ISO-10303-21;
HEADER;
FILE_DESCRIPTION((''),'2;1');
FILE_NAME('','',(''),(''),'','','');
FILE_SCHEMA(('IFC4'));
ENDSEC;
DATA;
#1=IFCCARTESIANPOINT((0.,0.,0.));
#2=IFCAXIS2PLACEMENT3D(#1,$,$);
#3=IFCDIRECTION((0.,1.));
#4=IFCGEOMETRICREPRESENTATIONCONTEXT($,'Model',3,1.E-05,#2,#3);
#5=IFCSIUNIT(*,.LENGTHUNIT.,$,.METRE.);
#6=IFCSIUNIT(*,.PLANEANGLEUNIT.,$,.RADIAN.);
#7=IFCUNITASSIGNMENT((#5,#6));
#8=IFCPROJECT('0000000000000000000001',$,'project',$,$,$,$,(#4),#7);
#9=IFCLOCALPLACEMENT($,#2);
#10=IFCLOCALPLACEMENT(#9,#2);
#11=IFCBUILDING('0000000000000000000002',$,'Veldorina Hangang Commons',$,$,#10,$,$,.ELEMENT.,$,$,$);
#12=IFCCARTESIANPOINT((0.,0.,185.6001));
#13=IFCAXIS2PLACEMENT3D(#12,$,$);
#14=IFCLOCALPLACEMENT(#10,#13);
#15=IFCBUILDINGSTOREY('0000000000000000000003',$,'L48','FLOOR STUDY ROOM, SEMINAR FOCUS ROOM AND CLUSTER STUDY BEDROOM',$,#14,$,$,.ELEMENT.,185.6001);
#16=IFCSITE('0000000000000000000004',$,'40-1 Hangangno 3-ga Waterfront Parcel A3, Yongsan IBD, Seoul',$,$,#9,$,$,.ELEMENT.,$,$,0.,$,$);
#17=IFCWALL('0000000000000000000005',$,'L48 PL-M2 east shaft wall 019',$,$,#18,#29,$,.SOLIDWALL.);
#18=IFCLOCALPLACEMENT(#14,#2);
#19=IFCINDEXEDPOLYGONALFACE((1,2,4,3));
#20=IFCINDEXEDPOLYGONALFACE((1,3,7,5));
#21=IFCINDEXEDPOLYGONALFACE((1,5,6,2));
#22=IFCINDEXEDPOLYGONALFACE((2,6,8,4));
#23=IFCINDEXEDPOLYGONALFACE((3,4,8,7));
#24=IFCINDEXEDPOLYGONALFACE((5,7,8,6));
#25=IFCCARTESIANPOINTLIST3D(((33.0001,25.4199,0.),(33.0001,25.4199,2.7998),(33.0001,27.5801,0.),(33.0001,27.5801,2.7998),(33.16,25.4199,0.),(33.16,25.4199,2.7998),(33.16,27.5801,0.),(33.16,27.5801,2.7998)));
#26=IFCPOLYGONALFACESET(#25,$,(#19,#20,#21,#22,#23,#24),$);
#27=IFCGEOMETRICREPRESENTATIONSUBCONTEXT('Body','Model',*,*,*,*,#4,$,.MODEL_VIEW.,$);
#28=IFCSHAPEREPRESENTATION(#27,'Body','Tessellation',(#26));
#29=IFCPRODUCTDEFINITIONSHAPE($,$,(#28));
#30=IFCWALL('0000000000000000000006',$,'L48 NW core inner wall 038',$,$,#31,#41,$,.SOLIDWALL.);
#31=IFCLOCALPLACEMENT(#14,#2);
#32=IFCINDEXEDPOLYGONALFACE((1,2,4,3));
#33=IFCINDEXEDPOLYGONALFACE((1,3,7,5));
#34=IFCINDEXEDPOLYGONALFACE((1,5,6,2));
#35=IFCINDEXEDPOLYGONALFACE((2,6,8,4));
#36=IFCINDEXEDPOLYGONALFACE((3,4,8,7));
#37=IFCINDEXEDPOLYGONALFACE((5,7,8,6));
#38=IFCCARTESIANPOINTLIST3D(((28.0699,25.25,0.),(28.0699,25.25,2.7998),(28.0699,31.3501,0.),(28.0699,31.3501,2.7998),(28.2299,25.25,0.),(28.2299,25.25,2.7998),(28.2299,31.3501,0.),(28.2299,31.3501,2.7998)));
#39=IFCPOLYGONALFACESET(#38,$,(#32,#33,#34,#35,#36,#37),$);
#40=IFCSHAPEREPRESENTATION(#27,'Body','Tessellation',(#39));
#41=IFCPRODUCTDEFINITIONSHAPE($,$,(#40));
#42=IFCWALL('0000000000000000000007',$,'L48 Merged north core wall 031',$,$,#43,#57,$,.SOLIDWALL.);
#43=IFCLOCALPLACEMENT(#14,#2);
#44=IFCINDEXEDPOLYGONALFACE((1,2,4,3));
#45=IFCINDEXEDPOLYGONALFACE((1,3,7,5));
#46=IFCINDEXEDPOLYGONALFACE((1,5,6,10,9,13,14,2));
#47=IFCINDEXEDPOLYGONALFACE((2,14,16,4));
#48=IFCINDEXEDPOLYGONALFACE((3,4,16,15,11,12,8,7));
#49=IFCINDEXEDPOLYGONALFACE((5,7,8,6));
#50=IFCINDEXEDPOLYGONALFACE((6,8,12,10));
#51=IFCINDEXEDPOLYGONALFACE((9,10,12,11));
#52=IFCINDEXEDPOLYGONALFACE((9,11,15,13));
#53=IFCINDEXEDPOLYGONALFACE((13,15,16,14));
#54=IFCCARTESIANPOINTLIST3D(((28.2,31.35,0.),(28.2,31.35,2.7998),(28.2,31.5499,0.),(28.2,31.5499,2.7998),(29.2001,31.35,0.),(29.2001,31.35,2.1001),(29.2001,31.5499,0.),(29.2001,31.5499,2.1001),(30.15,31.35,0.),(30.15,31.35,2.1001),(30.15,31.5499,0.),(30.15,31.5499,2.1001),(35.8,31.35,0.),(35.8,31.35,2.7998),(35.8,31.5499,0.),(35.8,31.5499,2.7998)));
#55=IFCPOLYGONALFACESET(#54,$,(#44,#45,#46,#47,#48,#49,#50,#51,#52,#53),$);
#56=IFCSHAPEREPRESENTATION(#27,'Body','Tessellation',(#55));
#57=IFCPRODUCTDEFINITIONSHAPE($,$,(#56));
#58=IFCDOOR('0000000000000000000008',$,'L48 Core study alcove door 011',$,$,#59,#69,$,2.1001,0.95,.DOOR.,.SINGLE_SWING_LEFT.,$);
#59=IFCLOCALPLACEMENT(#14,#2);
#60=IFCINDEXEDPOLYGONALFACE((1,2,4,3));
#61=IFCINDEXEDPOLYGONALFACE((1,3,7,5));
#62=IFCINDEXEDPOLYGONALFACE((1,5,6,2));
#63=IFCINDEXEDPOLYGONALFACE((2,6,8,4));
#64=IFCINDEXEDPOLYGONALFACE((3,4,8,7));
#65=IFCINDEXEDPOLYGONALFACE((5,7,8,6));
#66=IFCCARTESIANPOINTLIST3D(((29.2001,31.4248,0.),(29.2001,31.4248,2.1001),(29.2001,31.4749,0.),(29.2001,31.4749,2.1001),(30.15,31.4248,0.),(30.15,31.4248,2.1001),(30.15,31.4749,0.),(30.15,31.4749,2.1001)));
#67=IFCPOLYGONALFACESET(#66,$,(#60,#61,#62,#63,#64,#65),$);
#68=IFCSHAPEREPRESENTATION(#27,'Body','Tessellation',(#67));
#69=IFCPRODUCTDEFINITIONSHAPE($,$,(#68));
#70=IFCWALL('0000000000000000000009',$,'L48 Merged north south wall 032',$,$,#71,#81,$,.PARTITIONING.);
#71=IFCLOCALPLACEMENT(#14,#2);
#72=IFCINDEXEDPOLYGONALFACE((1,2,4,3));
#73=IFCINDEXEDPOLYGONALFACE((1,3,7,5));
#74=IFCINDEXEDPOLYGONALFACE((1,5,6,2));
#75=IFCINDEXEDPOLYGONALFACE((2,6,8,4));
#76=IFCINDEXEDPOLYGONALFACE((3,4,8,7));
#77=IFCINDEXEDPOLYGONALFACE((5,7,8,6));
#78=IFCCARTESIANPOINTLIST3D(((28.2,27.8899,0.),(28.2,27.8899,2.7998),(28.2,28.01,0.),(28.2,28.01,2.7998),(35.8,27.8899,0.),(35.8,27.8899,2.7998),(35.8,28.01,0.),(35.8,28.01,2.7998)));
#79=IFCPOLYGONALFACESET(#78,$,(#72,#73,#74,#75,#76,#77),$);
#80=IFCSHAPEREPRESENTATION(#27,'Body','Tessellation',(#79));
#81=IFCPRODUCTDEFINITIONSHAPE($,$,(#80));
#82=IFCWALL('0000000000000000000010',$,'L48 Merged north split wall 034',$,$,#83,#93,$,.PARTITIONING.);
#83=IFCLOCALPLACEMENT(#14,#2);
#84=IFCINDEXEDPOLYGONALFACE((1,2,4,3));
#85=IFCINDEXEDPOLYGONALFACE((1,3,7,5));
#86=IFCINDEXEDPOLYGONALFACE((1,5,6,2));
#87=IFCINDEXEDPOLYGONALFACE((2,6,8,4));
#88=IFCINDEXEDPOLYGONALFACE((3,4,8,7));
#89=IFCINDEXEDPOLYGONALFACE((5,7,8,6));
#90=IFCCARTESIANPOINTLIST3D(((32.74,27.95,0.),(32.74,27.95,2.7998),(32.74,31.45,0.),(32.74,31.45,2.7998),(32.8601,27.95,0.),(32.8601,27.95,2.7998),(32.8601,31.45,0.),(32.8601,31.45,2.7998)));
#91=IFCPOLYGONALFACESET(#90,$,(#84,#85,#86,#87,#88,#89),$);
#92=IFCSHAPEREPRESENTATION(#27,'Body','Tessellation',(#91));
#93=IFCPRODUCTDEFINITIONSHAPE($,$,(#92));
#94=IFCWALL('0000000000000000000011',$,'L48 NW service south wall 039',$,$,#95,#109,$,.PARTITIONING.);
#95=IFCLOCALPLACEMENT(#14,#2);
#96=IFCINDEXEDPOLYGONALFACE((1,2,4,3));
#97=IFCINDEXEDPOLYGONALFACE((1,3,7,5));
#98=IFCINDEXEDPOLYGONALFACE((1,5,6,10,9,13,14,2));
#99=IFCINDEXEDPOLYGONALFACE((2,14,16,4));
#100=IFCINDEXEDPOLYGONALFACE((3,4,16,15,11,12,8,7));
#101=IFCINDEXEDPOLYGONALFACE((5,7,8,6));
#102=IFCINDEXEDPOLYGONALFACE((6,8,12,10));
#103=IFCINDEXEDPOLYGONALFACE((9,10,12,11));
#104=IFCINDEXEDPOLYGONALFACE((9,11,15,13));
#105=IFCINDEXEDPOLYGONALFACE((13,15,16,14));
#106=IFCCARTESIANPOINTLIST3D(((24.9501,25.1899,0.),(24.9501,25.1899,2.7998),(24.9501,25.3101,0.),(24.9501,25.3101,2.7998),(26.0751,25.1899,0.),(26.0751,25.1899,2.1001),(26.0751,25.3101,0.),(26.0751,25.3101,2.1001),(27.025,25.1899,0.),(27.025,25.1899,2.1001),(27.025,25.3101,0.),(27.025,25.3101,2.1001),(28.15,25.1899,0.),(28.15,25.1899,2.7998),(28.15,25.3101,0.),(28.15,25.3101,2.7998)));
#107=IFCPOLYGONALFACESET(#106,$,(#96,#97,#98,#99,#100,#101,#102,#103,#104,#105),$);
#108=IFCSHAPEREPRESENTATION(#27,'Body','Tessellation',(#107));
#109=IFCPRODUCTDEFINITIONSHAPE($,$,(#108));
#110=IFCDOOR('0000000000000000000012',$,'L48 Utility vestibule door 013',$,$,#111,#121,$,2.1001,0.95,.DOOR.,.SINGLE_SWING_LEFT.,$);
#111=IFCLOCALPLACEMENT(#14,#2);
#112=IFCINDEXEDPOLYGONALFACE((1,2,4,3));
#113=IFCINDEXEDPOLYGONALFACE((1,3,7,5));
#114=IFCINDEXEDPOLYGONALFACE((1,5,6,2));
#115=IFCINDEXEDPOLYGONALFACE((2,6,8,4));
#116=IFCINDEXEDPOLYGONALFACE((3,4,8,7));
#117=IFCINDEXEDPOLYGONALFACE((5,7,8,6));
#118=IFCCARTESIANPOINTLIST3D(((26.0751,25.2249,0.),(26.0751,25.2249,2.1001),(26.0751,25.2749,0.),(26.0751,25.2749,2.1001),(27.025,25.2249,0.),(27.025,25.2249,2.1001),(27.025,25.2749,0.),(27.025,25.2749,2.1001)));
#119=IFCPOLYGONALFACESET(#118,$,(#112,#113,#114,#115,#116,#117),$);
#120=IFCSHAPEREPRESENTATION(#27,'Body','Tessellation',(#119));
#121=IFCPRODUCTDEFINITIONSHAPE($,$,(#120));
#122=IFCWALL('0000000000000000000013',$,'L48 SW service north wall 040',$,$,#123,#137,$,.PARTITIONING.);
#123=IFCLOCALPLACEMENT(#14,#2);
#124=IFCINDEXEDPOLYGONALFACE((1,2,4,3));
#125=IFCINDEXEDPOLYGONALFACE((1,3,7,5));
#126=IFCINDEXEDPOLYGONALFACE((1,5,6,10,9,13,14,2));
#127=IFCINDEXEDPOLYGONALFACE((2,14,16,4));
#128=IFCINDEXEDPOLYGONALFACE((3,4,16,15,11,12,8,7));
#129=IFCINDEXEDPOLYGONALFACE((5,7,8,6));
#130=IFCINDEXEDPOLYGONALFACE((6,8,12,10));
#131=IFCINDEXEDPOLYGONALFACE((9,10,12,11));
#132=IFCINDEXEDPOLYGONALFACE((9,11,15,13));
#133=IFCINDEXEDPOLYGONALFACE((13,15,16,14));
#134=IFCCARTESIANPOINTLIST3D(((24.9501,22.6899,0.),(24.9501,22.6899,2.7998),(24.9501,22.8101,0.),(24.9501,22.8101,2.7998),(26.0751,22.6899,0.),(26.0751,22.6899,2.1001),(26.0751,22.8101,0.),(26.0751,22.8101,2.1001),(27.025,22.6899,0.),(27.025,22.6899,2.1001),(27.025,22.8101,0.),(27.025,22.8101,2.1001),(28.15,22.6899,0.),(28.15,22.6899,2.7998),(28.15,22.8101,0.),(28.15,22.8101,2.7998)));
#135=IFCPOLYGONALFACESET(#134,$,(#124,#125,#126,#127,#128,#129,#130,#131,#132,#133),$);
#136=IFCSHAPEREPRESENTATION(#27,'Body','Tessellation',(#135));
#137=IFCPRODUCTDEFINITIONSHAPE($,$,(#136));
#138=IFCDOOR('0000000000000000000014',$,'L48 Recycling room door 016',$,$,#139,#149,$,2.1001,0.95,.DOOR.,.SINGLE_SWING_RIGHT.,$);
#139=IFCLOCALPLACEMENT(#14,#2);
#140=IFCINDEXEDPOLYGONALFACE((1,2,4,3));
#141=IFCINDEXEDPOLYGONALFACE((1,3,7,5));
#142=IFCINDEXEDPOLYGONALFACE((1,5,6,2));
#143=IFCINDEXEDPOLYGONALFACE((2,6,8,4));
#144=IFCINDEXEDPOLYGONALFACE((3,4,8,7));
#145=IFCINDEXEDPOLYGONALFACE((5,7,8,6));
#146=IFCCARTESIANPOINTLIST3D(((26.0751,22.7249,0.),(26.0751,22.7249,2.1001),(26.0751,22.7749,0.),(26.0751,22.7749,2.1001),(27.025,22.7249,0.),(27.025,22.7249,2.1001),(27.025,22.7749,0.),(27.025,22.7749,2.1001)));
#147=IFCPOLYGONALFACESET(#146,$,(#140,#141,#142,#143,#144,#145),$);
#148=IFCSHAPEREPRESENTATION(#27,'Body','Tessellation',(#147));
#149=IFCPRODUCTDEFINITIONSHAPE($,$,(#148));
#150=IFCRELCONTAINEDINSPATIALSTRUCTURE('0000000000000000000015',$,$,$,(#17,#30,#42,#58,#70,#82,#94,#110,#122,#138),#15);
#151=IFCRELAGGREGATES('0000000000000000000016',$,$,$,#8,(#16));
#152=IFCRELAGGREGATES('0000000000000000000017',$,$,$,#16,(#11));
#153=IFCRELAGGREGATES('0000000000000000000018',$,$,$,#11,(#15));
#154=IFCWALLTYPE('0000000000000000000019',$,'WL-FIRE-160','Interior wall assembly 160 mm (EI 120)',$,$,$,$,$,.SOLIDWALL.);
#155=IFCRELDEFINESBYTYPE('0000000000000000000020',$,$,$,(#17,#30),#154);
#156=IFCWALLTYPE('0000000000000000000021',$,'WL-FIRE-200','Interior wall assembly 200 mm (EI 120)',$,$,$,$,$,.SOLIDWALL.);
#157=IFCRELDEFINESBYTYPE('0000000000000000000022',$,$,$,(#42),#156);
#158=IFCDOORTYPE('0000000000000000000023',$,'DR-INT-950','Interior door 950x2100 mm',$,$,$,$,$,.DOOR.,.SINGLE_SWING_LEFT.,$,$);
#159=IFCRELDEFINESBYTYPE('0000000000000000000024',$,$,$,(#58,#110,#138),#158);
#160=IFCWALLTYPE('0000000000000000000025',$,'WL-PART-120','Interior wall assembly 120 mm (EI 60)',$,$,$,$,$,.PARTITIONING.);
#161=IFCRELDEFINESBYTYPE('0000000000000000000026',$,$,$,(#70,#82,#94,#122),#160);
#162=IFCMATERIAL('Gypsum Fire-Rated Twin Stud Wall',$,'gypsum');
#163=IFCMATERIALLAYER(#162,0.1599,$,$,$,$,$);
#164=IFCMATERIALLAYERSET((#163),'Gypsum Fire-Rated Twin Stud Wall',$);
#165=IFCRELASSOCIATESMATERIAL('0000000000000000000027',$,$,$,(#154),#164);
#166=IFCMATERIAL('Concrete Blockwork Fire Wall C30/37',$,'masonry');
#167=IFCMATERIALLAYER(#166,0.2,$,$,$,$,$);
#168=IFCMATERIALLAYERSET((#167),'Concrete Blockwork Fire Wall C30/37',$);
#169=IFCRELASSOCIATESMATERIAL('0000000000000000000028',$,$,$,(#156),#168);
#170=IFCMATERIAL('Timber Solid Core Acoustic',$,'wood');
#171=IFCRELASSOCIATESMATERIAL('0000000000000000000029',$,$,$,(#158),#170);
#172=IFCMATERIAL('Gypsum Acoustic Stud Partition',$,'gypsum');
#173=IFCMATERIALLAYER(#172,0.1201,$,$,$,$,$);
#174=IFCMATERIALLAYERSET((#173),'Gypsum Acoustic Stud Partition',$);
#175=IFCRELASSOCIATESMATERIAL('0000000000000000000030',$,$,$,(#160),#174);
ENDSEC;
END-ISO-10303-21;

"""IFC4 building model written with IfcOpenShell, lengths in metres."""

from ifc_helpers import new_model, si_unit, direction, frame, frame_2d, origin, place, context, subcontext, project, spatial, rectangle, extrude, material, layer, layer_set, type_object, element, fill, save


model = new_model("IFC4")

# Units and contexts
model_context = context("Model", 3, precision=1e-05, world=origin(), true_north=direction((0.0, 1.0)))
body_context = subcontext(model_context, "Body", "Model", "MODEL_VIEW")
ifc_project = project(units=[si_unit("LENGTHUNIT", "METRE"), si_unit("PLANEANGLEUNIT", "RADIAN")], contexts=[model_context])

# Site, building, storey
site_placement = place(None, origin())
site = spatial("IfcSite", under=ifc_project, at=site_placement, Name="40-1 Hangangno 3-ga Waterfront Parcel A3, Yongsan IBD, Seoul", CompositionType="ELEMENT", RefElevation=0.0)
building_placement = place(site_placement, origin())
building = spatial("IfcBuilding", under=site, at=building_placement, Name="Veldorina Hangang Commons", CompositionType="ELEMENT")
storey_placement = place(building_placement, frame((0.0, 0.0, 185.6001)))
storey = spatial("IfcBuildingStorey", under=building, at=storey_placement, Name="L48", Description="FLOOR STUDY ROOM, SEMINAR FOCUS ROOM AND CLUSTER STUDY BEDROOM", CompositionType="ELEMENT", Elevation=185.6001)

# Shared definitions
ifc_material_1 = material(Name="Gypsum Fire-Rated Twin Stud Wall", Category="gypsum")
ifc_layer_1 = layer(ifc_material_1, 0.1599)
ifc_layer_set_1 = layer_set([ifc_layer_1], Name="Gypsum Fire-Rated Twin Stud Wall")
wall_type_1 = type_object("IfcWallType", Name="WL-FIRE-160", Description="Interior wall assembly 160 mm (EI 120)", PredefinedType="SOLIDWALL", material=ifc_layer_set_1)

# Walls
for number, where, z_axis, x_axis, name in (
    (1, (33.0801, 25.4199, 0.0), (0.0, 0.0, 1.0), (0.0, 1.0, 0.0), "L48 PL-M2 east shaft wall 019"),
):
    element("IfcWall", number, at=place(storey_placement, frame(where, z_axis=z_axis, x_axis=x_axis)), inside=storey, type_object=wall_type_1, Name=name, PredefinedType="SOLIDWALL", context=body_context, shape_type="SweptSolid", body=[
        extrude(rectangle(XDim=2.1602, YDim=0.1599, at=frame_2d((1.0801, 0.0))), origin(), (0.0, 0.0, 1.0), 2.7998),
    ])
wall_1_placement = place(storey_placement, frame((28.1499, 25.25, 0.0), z_axis=(0.0, 0.0, 1.0), x_axis=(0.0, 1.0, 0.0)))
element("IfcWall", 2, at=wall_1_placement, inside=storey, type_object=wall_type_1, Name="L48 NW core inner wall 038", PredefinedType="SOLIDWALL", context=body_context, shape_type="SweptSolid", body=[
    extrude(rectangle(XDim=6.1001, YDim=0.1599, at=frame_2d((3.05, 0.0))), origin(), (0.0, 0.0, 1.0), 2.7998),
])

# Wall, opening, door
ifc_material_2 = material(Name="Concrete Blockwork Fire Wall C30/37", Category="masonry")
ifc_layer_2 = layer(ifc_material_2, 0.2)
ifc_layer_set_2 = layer_set([ifc_layer_2], Name="Concrete Blockwork Fire Wall C30/37")
wall_type_2 = type_object("IfcWallType", Name="WL-FIRE-200", Description="Interior wall assembly 200 mm (EI 120)", PredefinedType="SOLIDWALL", material=ifc_layer_set_2)
wall_2_placement = place(storey_placement, frame((28.2, 31.45, 0.0), z_axis=(0.0, 0.0, 1.0), x_axis=(1.0, 0.0, 0.0)))
wall_2 = element("IfcWall", 3, at=wall_2_placement, inside=storey, type_object=wall_type_2, Name="L48 Merged north core wall 031", PredefinedType="SOLIDWALL", context=body_context, shape_type="SweptSolid", body=[
    extrude(rectangle(XDim=7.6001, YDim=0.2, at=frame_2d((3.8, 0.0))), origin(), (0.0, 0.0, 1.0), 2.7998),
])
opening_1_placement = place(wall_2_placement, frame((1.0, 0.0, 0.0)))
opening_1 = element("IfcOpeningElement", 4, at=opening_1_placement, cuts=wall_2, PredefinedType="OPENING", context=body_context, shape_type="SweptSolid", body=[
    extrude(rectangle(XDim=0.95, YDim=2.1001, at=frame_2d((0.4751, 1.05))), frame((0.0, 0.1099, 0.0), z_axis=(0.0, -1.0, 0.0), x_axis=(1.0, 0.0, 0.0)), (0.0, 0.0, 1.0), 0.22),
])
ifc_material_3 = material(Name="Timber Solid Core Acoustic", Category="wood")
door_type_1 = type_object("IfcDoorType", Name="DR-INT-950", Description="Interior door 950x2100 mm", OperationType="SINGLE_SWING_LEFT", PredefinedType="DOOR", material=ifc_material_3)
door_1_placement = place(opening_1_placement, origin())
door_1 = element("IfcDoor", 5, at=door_1_placement, inside=storey, type_object=door_type_1, Name="L48 Core study alcove door 011", OperationType="SINGLE_SWING_LEFT", OverallHeight=2.1001, OverallWidth=0.95, PredefinedType="DOOR", context=body_context, shape_type="SweptSolid", body=[
    extrude(rectangle(XDim=0.95, YDim=2.1001, at=frame_2d((0.4751, 1.05))), frame((0.0, 0.0249, 0.0), z_axis=(0.0, -1.0, 0.0), x_axis=(1.0, 0.0, 0.0)), (0.0, 0.0, 1.0), 0.05),
])
fill(opening_1, door_1)

# Walls
ifc_material_4 = material(Name="Gypsum Acoustic Stud Partition", Category="gypsum")
ifc_layer_3 = layer(ifc_material_4, 0.1201)
ifc_layer_set_3 = layer_set([ifc_layer_3], Name="Gypsum Acoustic Stud Partition")
wall_type_3 = type_object("IfcWallType", Name="WL-PART-120", Description="Interior wall assembly 120 mm (EI 60)", PredefinedType="PARTITIONING", material=ifc_layer_set_3)
wall_3_placement = place(storey_placement, frame((28.2, 27.95, 0.0), z_axis=(0.0, 0.0, 1.0), x_axis=(1.0, 0.0, 0.0)))
element("IfcWall", 6, at=wall_3_placement, inside=storey, type_object=wall_type_3, Name="L48 Merged north south wall 032", PredefinedType="PARTITIONING", context=body_context, shape_type="SweptSolid", body=[
    extrude(rectangle(XDim=7.6001, YDim=0.1201, at=frame_2d((3.8, 0.0))), origin(), (0.0, 0.0, 1.0), 2.7998),
])
wall_4_placement = place(storey_placement, frame((32.8, 27.95, 0.0), z_axis=(0.0, 0.0, 1.0), x_axis=(0.0, 1.0, 0.0)))
element("IfcWall", 7, at=wall_4_placement, inside=storey, type_object=wall_type_3, Name="L48 Merged north split wall 034", PredefinedType="PARTITIONING", context=body_context, shape_type="SweptSolid", body=[
    extrude(rectangle(XDim=3.5, YDim=0.1201, at=frame_2d((1.75, 0.0))), origin(), (0.0, 0.0, 1.0), 2.7998),
])

# Walls, openings, doors
wall_5_placement = place(storey_placement, frame((24.95, 25.25, 0.0), z_axis=(0.0, 0.0, 1.0), x_axis=(1.0, 0.0, 0.0)))
wall_5 = element("IfcWall", 8, at=wall_5_placement, inside=storey, type_object=wall_type_3, Name="L48 NW service south wall 039", PredefinedType="PARTITIONING", context=body_context, shape_type="SweptSolid", body=[
    extrude(rectangle(XDim=3.2, YDim=0.1201, at=frame_2d((1.6001, 0.0))), origin(), (0.0, 0.0, 1.0), 2.7998),
])
opening_2_placement = place(wall_5_placement, frame((1.125, 0.0, 0.0)))
opening_2 = element("IfcOpeningElement", 9, at=opening_2_placement, cuts=wall_5, PredefinedType="OPENING", context=body_context, shape_type="SweptSolid", body=[
    extrude(rectangle(XDim=0.95, YDim=2.1001, at=frame_2d((0.4751, 1.05))), frame((0.0, 0.0701, 0.0), z_axis=(0.0, -1.0, 0.0), x_axis=(1.0, 0.0, 0.0)), (0.0, 0.0, 1.0), 0.1401),
])
door_2_placement = place(opening_2_placement, origin())
door_2 = element("IfcDoor", 10, at=door_2_placement, inside=storey, type_object=door_type_1, Name="L48 Utility vestibule door 013", OperationType="SINGLE_SWING_LEFT", OverallHeight=2.1001, OverallWidth=0.95, PredefinedType="DOOR", context=body_context, shape_type="SweptSolid", body=[
    extrude(rectangle(XDim=0.95, YDim=2.1001, at=frame_2d((0.4751, 1.05))), frame((0.0, 0.0249, 0.0), z_axis=(0.0, -1.0, 0.0), x_axis=(1.0, 0.0, 0.0)), (0.0, 0.0, 1.0), 0.05),
])
fill(opening_2, door_2)
wall_6_placement = place(storey_placement, frame((24.95, 22.75, 0.0), z_axis=(0.0, 0.0, 1.0), x_axis=(1.0, 0.0, 0.0)))
wall_6 = element("IfcWall", 11, at=wall_6_placement, inside=storey, type_object=wall_type_3, Name="L48 SW service north wall 040", PredefinedType="PARTITIONING", context=body_context, shape_type="SweptSolid", body=[
    extrude(rectangle(XDim=3.2, YDim=0.1201, at=frame_2d((1.6001, 0.0))), origin(), (0.0, 0.0, 1.0), 2.7998),
])
opening_3_placement = place(wall_6_placement, frame((1.125, 0.0, 0.0)))
opening_3 = element("IfcOpeningElement", 12, at=opening_3_placement, cuts=wall_6, PredefinedType="OPENING", context=body_context, shape_type="SweptSolid", body=[
    extrude(rectangle(XDim=0.95, YDim=2.1001, at=frame_2d((0.4751, 1.05))), frame((0.0, 0.0701, 0.0), z_axis=(0.0, -1.0, 0.0), x_axis=(1.0, 0.0, 0.0)), (0.0, 0.0, 1.0), 0.1401),
])
door_3_placement = place(opening_3_placement, origin())
door_3 = element("IfcDoor", 13, at=door_3_placement, inside=storey, type_object=door_type_1, Name="L48 Recycling room door 016", OperationType="SINGLE_SWING_RIGHT", OverallHeight=2.1001, OverallWidth=0.95, PredefinedType="DOOR", context=body_context, shape_type="SweptSolid", body=[
    extrude(rectangle(XDim=0.95, YDim=2.1001, at=frame_2d((0.4751, 1.05))), frame((0.0, 0.0249, 0.0), z_axis=(0.0, -1.0, 0.0), x_axis=(1.0, 0.0, 0.0)), (0.0, 0.0, 1.0), 0.05),
])
fill(opening_3, door_3)

save(model, "model.ifc")
